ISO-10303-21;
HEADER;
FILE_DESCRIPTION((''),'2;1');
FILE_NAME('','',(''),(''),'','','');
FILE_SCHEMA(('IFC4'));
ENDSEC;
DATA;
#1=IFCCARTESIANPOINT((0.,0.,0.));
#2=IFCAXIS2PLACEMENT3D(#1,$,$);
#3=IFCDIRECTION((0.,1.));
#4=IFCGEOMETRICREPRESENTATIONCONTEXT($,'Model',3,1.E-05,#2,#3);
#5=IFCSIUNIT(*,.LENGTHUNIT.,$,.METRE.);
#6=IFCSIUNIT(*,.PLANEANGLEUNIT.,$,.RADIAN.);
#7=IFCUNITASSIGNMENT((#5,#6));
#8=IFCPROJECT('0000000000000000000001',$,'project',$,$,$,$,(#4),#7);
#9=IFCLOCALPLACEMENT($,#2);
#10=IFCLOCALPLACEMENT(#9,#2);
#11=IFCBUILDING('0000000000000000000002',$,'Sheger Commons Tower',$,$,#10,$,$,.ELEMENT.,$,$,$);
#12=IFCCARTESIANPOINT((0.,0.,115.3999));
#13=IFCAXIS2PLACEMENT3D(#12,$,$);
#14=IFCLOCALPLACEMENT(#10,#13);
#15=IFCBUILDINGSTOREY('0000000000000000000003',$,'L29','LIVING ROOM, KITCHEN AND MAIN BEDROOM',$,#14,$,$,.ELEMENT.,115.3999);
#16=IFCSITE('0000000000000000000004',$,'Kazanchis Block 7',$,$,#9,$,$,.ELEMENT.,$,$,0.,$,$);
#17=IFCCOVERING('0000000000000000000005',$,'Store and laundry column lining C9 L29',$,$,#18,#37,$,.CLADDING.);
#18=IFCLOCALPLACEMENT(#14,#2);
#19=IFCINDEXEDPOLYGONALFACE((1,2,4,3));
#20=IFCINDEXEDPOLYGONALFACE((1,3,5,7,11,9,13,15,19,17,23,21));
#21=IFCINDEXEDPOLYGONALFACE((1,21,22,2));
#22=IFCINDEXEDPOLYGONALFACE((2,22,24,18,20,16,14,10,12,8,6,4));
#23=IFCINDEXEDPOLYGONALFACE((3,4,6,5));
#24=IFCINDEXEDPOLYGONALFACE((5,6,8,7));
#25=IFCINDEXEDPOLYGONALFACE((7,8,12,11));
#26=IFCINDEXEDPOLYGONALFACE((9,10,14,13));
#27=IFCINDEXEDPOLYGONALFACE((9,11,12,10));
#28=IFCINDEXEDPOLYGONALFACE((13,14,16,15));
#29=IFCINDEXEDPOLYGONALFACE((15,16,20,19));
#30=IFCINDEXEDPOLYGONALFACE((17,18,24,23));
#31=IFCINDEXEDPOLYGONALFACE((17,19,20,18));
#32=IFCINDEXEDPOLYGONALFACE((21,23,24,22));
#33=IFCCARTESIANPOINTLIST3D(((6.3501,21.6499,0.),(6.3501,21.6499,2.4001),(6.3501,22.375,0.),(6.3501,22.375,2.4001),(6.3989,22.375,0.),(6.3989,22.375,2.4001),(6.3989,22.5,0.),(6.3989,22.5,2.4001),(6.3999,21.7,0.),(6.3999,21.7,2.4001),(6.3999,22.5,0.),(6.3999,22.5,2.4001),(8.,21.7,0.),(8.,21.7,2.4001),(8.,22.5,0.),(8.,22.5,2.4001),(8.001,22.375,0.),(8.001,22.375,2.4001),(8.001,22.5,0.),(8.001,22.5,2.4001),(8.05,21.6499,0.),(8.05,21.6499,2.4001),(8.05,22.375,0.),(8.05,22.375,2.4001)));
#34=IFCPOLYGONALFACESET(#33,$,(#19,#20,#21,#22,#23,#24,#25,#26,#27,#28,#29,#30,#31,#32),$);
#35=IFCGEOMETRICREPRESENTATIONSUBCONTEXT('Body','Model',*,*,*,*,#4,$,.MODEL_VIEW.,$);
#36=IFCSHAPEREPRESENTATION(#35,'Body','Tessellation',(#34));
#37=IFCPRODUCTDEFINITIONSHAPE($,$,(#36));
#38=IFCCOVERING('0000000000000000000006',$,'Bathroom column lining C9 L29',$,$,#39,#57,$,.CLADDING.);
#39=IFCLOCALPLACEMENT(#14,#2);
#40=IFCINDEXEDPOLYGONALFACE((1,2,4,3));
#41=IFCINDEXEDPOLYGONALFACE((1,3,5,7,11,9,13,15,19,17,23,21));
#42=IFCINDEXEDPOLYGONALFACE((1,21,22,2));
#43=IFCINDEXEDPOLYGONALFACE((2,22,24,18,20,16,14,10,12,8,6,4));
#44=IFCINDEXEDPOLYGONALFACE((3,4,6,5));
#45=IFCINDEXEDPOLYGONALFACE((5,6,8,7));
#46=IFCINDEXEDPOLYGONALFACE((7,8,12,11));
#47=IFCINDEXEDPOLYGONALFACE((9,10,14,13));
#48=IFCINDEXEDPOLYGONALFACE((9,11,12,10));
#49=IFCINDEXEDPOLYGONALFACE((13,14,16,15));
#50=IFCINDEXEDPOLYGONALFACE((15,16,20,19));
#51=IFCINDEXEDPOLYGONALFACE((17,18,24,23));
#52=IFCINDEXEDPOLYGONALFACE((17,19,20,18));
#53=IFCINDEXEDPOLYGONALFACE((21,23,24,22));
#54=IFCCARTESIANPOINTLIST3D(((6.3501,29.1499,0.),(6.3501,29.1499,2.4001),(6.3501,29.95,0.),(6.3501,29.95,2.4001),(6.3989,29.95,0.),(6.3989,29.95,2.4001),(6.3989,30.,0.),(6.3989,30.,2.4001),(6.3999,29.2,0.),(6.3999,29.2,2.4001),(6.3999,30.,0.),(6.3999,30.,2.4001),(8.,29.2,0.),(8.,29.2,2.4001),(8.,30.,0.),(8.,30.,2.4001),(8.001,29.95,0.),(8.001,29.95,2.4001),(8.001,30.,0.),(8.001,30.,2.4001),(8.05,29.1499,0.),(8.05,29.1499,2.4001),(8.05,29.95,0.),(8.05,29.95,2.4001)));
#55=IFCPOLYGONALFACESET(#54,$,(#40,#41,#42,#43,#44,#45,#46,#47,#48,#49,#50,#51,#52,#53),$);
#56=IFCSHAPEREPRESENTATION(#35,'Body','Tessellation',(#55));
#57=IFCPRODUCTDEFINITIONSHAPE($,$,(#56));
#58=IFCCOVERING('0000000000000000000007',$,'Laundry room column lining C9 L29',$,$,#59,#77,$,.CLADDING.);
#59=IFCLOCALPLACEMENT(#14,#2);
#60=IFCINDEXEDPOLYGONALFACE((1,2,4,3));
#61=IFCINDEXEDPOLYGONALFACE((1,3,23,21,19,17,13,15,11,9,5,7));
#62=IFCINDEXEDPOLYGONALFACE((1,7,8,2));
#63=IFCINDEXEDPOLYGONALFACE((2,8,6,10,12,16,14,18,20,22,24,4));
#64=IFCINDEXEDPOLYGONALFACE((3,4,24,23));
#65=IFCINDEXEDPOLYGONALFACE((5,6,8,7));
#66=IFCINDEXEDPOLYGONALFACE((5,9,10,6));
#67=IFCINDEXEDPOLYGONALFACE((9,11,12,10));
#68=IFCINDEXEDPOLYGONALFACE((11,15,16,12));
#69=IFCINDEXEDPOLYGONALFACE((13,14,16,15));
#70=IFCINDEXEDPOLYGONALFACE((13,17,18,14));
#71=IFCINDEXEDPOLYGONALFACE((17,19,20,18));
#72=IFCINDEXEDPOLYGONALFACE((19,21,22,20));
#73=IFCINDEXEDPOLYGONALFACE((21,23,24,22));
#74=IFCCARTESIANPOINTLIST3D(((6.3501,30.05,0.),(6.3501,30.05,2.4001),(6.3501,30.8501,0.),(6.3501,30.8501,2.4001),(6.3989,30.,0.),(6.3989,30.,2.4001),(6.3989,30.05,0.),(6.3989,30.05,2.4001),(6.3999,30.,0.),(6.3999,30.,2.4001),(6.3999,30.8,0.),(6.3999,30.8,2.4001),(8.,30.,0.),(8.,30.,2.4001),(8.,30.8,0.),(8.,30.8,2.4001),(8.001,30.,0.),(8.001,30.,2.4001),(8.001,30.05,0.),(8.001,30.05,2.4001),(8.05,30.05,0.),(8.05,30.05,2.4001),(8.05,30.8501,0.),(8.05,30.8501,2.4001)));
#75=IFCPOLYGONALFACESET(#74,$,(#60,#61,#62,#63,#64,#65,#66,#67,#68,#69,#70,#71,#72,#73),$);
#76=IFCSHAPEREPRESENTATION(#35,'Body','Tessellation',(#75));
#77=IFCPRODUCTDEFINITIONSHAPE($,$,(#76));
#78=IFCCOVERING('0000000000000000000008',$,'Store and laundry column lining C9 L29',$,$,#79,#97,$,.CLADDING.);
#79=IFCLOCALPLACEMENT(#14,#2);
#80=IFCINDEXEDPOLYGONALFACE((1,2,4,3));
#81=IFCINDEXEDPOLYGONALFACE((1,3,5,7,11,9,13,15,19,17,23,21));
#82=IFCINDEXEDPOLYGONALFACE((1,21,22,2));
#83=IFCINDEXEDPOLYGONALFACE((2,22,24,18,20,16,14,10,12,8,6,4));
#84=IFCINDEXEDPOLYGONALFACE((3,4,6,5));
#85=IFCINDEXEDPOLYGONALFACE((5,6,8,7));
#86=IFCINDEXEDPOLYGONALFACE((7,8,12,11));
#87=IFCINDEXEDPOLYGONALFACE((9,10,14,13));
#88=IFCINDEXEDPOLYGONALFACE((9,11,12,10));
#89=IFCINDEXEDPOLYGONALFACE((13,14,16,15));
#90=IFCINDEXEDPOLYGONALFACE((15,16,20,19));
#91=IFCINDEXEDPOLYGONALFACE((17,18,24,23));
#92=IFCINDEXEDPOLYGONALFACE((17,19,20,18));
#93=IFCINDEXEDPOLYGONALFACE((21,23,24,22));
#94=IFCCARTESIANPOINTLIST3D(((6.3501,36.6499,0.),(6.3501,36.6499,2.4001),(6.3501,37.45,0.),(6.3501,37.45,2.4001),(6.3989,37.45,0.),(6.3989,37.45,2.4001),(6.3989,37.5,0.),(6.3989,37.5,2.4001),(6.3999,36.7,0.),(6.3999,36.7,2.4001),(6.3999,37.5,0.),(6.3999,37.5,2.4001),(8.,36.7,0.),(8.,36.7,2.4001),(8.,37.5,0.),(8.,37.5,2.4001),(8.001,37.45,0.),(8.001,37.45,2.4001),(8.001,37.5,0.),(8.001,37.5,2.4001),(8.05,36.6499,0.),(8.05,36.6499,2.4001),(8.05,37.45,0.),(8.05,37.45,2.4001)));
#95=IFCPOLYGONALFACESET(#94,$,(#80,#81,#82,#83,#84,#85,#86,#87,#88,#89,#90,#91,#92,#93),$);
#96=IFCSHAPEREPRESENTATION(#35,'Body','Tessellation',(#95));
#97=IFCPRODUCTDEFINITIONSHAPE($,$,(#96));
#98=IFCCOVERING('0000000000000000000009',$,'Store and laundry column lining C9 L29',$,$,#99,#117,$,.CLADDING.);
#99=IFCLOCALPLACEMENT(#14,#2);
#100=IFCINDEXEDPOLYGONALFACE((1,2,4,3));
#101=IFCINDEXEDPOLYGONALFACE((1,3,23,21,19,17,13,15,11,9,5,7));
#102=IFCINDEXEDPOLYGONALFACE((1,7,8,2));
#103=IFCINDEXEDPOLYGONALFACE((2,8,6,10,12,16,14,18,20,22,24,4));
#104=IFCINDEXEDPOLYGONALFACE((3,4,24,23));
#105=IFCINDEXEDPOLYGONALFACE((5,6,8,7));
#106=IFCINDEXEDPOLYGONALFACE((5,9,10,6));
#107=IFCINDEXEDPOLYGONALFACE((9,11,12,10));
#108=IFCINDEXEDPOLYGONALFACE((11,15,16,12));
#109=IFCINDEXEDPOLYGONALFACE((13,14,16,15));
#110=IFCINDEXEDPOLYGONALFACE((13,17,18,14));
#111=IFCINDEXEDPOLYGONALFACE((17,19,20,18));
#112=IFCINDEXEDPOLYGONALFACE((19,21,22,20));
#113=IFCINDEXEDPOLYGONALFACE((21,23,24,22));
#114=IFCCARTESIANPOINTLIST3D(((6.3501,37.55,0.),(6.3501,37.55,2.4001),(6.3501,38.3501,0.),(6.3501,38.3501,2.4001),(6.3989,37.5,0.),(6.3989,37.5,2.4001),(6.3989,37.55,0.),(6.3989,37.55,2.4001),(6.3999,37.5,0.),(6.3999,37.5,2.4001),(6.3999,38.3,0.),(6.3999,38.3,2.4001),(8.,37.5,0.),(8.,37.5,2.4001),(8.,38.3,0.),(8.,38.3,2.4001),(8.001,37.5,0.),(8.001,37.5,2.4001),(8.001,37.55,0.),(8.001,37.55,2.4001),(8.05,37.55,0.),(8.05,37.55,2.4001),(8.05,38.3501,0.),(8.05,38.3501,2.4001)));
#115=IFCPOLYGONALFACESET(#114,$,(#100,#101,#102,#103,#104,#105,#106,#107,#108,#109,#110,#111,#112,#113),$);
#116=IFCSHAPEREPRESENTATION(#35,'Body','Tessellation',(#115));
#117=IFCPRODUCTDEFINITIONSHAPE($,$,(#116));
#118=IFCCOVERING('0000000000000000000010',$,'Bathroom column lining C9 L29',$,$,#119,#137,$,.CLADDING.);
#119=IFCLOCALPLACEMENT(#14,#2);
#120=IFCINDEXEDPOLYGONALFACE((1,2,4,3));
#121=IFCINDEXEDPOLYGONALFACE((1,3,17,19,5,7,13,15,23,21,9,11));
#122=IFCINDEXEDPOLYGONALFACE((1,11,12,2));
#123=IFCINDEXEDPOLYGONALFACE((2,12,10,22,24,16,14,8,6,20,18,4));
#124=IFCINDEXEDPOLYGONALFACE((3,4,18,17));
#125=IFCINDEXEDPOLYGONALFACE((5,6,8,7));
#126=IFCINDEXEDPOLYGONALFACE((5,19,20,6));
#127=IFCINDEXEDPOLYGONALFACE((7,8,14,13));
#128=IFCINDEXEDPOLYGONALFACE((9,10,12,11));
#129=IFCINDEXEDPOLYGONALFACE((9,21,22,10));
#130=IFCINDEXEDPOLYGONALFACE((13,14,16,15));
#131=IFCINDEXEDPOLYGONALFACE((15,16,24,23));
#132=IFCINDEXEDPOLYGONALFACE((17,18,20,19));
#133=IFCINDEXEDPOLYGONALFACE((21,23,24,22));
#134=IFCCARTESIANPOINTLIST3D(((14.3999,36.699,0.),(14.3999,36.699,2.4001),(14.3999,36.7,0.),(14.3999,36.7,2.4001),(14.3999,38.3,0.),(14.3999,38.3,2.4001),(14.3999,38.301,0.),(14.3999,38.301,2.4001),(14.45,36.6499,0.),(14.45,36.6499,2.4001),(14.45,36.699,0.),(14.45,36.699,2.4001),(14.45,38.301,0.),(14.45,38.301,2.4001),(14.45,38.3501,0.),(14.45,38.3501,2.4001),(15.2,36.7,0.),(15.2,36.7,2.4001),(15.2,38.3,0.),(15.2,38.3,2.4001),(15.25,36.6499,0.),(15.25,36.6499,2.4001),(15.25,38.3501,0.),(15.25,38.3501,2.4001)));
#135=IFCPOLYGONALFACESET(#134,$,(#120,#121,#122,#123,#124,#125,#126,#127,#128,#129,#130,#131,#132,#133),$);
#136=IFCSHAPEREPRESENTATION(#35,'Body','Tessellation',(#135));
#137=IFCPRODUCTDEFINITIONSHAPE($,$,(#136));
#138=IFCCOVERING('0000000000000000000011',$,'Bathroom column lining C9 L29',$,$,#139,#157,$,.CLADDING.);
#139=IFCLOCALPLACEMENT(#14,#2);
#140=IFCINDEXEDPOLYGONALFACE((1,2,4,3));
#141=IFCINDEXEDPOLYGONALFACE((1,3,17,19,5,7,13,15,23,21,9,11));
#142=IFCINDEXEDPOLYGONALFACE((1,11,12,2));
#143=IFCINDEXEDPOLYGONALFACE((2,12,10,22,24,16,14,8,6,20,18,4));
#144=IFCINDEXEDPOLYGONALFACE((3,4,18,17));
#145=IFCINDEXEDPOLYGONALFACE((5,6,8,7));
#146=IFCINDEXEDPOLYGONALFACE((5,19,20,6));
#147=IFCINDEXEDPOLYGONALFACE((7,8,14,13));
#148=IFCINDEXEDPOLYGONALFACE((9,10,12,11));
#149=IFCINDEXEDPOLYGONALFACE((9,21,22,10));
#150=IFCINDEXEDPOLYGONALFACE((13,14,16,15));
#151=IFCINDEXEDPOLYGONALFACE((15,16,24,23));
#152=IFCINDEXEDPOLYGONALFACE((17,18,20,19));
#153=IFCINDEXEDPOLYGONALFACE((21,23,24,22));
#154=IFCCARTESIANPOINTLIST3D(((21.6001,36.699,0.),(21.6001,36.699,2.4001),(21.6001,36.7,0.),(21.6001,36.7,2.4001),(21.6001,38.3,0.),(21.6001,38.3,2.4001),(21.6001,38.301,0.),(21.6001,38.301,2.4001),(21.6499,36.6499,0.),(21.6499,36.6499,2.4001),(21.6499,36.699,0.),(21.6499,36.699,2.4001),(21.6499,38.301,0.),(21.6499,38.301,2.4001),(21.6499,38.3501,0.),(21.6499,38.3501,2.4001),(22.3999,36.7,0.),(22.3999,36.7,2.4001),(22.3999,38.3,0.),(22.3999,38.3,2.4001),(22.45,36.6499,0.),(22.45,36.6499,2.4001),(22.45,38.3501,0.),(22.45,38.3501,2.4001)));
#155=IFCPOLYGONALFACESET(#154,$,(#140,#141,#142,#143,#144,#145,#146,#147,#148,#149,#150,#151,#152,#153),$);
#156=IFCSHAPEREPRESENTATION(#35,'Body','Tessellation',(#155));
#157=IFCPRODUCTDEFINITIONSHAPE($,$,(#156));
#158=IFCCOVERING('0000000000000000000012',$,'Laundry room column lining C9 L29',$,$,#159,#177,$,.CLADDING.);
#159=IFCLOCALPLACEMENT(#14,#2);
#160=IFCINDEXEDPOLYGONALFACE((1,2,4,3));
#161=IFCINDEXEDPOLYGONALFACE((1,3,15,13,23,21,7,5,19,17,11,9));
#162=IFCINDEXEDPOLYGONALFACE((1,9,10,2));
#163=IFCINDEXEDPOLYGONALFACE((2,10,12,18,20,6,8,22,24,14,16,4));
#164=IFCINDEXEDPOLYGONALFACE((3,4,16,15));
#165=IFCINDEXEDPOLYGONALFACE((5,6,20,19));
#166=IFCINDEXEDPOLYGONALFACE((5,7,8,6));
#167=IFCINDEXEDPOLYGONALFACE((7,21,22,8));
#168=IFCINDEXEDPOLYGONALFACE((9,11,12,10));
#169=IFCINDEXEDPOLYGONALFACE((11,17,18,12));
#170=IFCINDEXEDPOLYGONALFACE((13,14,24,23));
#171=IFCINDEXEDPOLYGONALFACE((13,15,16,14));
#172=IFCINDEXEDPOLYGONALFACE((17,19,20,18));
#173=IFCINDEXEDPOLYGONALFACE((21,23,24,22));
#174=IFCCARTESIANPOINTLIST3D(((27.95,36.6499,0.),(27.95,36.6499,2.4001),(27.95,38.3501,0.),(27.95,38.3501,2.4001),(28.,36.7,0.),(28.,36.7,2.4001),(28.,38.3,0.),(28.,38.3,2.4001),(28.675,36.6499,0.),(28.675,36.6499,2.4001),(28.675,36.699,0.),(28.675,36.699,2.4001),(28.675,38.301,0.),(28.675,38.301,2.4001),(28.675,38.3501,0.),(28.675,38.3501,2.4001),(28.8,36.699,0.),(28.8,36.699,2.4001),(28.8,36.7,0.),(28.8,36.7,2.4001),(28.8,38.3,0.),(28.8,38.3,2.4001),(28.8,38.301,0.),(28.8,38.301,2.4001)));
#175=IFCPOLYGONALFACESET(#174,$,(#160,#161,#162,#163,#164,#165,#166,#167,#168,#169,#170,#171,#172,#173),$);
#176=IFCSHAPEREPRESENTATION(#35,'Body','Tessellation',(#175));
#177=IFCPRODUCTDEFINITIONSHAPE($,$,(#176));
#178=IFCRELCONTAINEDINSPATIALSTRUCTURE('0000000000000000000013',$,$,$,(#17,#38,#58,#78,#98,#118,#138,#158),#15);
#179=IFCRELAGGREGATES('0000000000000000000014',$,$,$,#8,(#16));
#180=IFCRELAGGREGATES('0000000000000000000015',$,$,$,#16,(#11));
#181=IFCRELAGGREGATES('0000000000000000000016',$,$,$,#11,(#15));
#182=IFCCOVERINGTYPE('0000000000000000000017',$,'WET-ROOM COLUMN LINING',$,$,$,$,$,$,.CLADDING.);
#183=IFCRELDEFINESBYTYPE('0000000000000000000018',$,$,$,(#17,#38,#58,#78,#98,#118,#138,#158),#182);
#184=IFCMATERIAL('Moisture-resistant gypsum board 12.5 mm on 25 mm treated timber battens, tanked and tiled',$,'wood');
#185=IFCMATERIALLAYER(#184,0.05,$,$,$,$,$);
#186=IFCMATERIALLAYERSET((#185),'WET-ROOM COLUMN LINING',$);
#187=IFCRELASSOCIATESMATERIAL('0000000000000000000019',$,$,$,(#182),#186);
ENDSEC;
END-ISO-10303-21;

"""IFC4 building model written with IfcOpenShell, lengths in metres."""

from ifc_helpers import new_model, si_unit, direction, frame, origin, place, context, subcontext, project, spatial, polyline, outline, extrude, material, layer, layer_set, type_object, element, save


model = new_model("IFC4")

# Units and contexts
model_context = context("Model", 3, precision=1e-05, world=origin(), true_north=direction((0.0, 1.0)))
body_context = subcontext(model_context, "Body", "Model", "MODEL_VIEW")
ifc_project = project(units=[si_unit("LENGTHUNIT", "METRE"), si_unit("PLANEANGLEUNIT", "RADIAN")], contexts=[model_context])

# Site, building, storey
site_placement = place(None, origin())
site = spatial("IfcSite", under=ifc_project, at=site_placement, Name="Kazanchis Block 7", CompositionType="ELEMENT", RefElevation=0.0)
building_placement = place(site_placement, origin())
building = spatial("IfcBuilding", under=site, at=building_placement, Name="Sheger Commons Tower", CompositionType="ELEMENT")
storey_placement = place(building_placement, frame((0.0, 0.0, 115.3999)))
storey = spatial("IfcBuildingStorey", under=building, at=storey_placement, Name="L29", Description="LIVING ROOM, KITCHEN AND MAIN BEDROOM", CompositionType="ELEMENT", Elevation=115.3999)

# Coverings
ifc_material_1 = material(Name="Moisture-resistant gypsum board 12.5 mm on 25 mm treated timber battens, tanked and tiled", Category="wood")
ifc_layer_1 = layer(ifc_material_1, 0.05)
ifc_layer_set_1 = layer_set([ifc_layer_1], Name="WET-ROOM COLUMN LINING")
covering_type_1 = type_object("IfcCoveringType", Name="WET-ROOM COLUMN LINING", PredefinedType="CLADDING", material=ifc_layer_set_1)
covering_1_placement = place(storey_placement, origin())
element("IfcCovering", 1, at=covering_1_placement, inside=storey, type_object=covering_type_1, Name="Store and laundry column lining C9 L29", PredefinedType="CLADDING", context=body_context, shape_type="SweptSolid", body=[
    extrude(outline(polyline([(6.3999, 22.5), (6.3999, 21.7), (8.0, 21.7), (8.0, 22.5), (8.001, 22.5), (8.001, 22.375), (8.05, 22.375), (8.05, 21.6499), (6.3501, 21.6499), (6.3501, 22.375), (6.3989, 22.375), (6.3989, 22.5), (6.3999, 22.5)])), origin(), (0.0, 0.0, 1.0), 2.4001),
])
covering_2_placement = place(storey_placement, origin())
element("IfcCovering", 2, at=covering_2_placement, inside=storey, type_object=covering_type_1, Name="Bathroom column lining C9 L29", PredefinedType="CLADDING", context=body_context, shape_type="SweptSolid", body=[
    extrude(outline(polyline([(6.3999, 30.0), (6.3999, 29.2), (8.0, 29.2), (8.0, 30.0), (8.001, 30.0), (8.001, 29.95), (8.05, 29.95), (8.05, 29.1499), (6.3501, 29.1499), (6.3501, 29.95), (6.3989, 29.95), (6.3989, 30.0), (6.3999, 30.0)])), origin(), (0.0, 0.0, 1.0), 2.4001),
])
covering_3_placement = place(storey_placement, origin())
element("IfcCovering", 3, at=covering_3_placement, inside=storey, type_object=covering_type_1, Name="Laundry room column lining C9 L29", PredefinedType="CLADDING", context=body_context, shape_type="SweptSolid", body=[
    extrude(outline(polyline([(8.05, 30.8501), (8.05, 30.05), (8.001, 30.05), (8.001, 30.0), (8.0, 30.0), (8.0, 30.8), (6.3999, 30.8), (6.3999, 30.0), (6.3989, 30.0), (6.3989, 30.05), (6.3501, 30.05), (6.3501, 30.8501), (8.05, 30.8501)])), origin(), (0.0, 0.0, 1.0), 2.4001),
])
covering_4_placement = place(storey_placement, origin())
element("IfcCovering", 4, at=covering_4_placement, inside=storey, type_object=covering_type_1, Name="Store and laundry column lining C9 L29", PredefinedType="CLADDING", context=body_context, shape_type="SweptSolid", body=[
    extrude(outline(polyline([(6.3999, 37.5), (6.3999, 36.7), (8.0, 36.7), (8.0, 37.5), (8.001, 37.5), (8.001, 37.45), (8.05, 37.45), (8.05, 36.6499), (6.3501, 36.6499), (6.3501, 37.45), (6.3989, 37.45), (6.3989, 37.5), (6.3999, 37.5)])), origin(), (0.0, 0.0, 1.0), 2.4001),
])
covering_5_placement = place(storey_placement, origin())
element("IfcCovering", 5, at=covering_5_placement, inside=storey, type_object=covering_type_1, Name="Store and laundry column lining C9 L29", PredefinedType="CLADDING", context=body_context, shape_type="SweptSolid", body=[
    extrude(outline(polyline([(8.05, 38.3501), (8.05, 37.55), (8.001, 37.55), (8.001, 37.5), (8.0, 37.5), (8.0, 38.3), (6.3999, 38.3), (6.3999, 37.5), (6.3989, 37.5), (6.3989, 37.55), (6.3501, 37.55), (6.3501, 38.3501), (8.05, 38.3501)])), origin(), (0.0, 0.0, 1.0), 2.4001),
])
covering_6_placement = place(storey_placement, origin())
element("IfcCovering", 6, at=covering_6_placement, inside=storey, type_object=covering_type_1, Name="Bathroom column lining C9 L29", PredefinedType="CLADDING", context=body_context, shape_type="SweptSolid", body=[
    extrude(outline(polyline([(15.25, 36.6499), (14.45, 36.6499), (14.45, 36.699), (14.3999, 36.699), (14.3999, 36.7), (15.2, 36.7), (15.2, 38.3), (14.3999, 38.3), (14.3999, 38.301), (14.45, 38.301), (14.45, 38.3501), (15.25, 38.3501), (15.25, 36.6499)])), origin(), (0.0, 0.0, 1.0), 2.4001),
])
covering_7_placement = place(storey_placement, origin())
element("IfcCovering", 7, at=covering_7_placement, inside=storey, type_object=covering_type_1, Name="Bathroom column lining C9 L29", PredefinedType="CLADDING", context=body_context, shape_type="SweptSolid", body=[
    extrude(outline(polyline([(22.45, 36.6499), (21.6499, 36.6499), (21.6499, 36.699), (21.6001, 36.699), (21.6001, 36.7), (22.3999, 36.7), (22.3999, 38.3), (21.6001, 38.3), (21.6001, 38.301), (21.6499, 38.301), (21.6499, 38.3501), (22.45, 38.3501), (22.45, 36.6499)])), origin(), (0.0, 0.0, 1.0), 2.4001),
])
covering_8_placement = place(storey_placement, origin())
element("IfcCovering", 8, at=covering_8_placement, inside=storey, type_object=covering_type_1, Name="Laundry room column lining C9 L29", PredefinedType="CLADDING", context=body_context, shape_type="SweptSolid", body=[
    extrude(outline(polyline([(28.675, 38.3501), (28.675, 38.301), (28.8, 38.301), (28.8, 38.3), (28.0, 38.3), (28.0, 36.7), (28.8, 36.7), (28.8, 36.699), (28.675, 36.699), (28.675, 36.6499), (27.95, 36.6499), (27.95, 38.3501), (28.675, 38.3501)])), origin(), (0.0, 0.0, 1.0), 2.4001),
])

save(model, "model.ifc")
